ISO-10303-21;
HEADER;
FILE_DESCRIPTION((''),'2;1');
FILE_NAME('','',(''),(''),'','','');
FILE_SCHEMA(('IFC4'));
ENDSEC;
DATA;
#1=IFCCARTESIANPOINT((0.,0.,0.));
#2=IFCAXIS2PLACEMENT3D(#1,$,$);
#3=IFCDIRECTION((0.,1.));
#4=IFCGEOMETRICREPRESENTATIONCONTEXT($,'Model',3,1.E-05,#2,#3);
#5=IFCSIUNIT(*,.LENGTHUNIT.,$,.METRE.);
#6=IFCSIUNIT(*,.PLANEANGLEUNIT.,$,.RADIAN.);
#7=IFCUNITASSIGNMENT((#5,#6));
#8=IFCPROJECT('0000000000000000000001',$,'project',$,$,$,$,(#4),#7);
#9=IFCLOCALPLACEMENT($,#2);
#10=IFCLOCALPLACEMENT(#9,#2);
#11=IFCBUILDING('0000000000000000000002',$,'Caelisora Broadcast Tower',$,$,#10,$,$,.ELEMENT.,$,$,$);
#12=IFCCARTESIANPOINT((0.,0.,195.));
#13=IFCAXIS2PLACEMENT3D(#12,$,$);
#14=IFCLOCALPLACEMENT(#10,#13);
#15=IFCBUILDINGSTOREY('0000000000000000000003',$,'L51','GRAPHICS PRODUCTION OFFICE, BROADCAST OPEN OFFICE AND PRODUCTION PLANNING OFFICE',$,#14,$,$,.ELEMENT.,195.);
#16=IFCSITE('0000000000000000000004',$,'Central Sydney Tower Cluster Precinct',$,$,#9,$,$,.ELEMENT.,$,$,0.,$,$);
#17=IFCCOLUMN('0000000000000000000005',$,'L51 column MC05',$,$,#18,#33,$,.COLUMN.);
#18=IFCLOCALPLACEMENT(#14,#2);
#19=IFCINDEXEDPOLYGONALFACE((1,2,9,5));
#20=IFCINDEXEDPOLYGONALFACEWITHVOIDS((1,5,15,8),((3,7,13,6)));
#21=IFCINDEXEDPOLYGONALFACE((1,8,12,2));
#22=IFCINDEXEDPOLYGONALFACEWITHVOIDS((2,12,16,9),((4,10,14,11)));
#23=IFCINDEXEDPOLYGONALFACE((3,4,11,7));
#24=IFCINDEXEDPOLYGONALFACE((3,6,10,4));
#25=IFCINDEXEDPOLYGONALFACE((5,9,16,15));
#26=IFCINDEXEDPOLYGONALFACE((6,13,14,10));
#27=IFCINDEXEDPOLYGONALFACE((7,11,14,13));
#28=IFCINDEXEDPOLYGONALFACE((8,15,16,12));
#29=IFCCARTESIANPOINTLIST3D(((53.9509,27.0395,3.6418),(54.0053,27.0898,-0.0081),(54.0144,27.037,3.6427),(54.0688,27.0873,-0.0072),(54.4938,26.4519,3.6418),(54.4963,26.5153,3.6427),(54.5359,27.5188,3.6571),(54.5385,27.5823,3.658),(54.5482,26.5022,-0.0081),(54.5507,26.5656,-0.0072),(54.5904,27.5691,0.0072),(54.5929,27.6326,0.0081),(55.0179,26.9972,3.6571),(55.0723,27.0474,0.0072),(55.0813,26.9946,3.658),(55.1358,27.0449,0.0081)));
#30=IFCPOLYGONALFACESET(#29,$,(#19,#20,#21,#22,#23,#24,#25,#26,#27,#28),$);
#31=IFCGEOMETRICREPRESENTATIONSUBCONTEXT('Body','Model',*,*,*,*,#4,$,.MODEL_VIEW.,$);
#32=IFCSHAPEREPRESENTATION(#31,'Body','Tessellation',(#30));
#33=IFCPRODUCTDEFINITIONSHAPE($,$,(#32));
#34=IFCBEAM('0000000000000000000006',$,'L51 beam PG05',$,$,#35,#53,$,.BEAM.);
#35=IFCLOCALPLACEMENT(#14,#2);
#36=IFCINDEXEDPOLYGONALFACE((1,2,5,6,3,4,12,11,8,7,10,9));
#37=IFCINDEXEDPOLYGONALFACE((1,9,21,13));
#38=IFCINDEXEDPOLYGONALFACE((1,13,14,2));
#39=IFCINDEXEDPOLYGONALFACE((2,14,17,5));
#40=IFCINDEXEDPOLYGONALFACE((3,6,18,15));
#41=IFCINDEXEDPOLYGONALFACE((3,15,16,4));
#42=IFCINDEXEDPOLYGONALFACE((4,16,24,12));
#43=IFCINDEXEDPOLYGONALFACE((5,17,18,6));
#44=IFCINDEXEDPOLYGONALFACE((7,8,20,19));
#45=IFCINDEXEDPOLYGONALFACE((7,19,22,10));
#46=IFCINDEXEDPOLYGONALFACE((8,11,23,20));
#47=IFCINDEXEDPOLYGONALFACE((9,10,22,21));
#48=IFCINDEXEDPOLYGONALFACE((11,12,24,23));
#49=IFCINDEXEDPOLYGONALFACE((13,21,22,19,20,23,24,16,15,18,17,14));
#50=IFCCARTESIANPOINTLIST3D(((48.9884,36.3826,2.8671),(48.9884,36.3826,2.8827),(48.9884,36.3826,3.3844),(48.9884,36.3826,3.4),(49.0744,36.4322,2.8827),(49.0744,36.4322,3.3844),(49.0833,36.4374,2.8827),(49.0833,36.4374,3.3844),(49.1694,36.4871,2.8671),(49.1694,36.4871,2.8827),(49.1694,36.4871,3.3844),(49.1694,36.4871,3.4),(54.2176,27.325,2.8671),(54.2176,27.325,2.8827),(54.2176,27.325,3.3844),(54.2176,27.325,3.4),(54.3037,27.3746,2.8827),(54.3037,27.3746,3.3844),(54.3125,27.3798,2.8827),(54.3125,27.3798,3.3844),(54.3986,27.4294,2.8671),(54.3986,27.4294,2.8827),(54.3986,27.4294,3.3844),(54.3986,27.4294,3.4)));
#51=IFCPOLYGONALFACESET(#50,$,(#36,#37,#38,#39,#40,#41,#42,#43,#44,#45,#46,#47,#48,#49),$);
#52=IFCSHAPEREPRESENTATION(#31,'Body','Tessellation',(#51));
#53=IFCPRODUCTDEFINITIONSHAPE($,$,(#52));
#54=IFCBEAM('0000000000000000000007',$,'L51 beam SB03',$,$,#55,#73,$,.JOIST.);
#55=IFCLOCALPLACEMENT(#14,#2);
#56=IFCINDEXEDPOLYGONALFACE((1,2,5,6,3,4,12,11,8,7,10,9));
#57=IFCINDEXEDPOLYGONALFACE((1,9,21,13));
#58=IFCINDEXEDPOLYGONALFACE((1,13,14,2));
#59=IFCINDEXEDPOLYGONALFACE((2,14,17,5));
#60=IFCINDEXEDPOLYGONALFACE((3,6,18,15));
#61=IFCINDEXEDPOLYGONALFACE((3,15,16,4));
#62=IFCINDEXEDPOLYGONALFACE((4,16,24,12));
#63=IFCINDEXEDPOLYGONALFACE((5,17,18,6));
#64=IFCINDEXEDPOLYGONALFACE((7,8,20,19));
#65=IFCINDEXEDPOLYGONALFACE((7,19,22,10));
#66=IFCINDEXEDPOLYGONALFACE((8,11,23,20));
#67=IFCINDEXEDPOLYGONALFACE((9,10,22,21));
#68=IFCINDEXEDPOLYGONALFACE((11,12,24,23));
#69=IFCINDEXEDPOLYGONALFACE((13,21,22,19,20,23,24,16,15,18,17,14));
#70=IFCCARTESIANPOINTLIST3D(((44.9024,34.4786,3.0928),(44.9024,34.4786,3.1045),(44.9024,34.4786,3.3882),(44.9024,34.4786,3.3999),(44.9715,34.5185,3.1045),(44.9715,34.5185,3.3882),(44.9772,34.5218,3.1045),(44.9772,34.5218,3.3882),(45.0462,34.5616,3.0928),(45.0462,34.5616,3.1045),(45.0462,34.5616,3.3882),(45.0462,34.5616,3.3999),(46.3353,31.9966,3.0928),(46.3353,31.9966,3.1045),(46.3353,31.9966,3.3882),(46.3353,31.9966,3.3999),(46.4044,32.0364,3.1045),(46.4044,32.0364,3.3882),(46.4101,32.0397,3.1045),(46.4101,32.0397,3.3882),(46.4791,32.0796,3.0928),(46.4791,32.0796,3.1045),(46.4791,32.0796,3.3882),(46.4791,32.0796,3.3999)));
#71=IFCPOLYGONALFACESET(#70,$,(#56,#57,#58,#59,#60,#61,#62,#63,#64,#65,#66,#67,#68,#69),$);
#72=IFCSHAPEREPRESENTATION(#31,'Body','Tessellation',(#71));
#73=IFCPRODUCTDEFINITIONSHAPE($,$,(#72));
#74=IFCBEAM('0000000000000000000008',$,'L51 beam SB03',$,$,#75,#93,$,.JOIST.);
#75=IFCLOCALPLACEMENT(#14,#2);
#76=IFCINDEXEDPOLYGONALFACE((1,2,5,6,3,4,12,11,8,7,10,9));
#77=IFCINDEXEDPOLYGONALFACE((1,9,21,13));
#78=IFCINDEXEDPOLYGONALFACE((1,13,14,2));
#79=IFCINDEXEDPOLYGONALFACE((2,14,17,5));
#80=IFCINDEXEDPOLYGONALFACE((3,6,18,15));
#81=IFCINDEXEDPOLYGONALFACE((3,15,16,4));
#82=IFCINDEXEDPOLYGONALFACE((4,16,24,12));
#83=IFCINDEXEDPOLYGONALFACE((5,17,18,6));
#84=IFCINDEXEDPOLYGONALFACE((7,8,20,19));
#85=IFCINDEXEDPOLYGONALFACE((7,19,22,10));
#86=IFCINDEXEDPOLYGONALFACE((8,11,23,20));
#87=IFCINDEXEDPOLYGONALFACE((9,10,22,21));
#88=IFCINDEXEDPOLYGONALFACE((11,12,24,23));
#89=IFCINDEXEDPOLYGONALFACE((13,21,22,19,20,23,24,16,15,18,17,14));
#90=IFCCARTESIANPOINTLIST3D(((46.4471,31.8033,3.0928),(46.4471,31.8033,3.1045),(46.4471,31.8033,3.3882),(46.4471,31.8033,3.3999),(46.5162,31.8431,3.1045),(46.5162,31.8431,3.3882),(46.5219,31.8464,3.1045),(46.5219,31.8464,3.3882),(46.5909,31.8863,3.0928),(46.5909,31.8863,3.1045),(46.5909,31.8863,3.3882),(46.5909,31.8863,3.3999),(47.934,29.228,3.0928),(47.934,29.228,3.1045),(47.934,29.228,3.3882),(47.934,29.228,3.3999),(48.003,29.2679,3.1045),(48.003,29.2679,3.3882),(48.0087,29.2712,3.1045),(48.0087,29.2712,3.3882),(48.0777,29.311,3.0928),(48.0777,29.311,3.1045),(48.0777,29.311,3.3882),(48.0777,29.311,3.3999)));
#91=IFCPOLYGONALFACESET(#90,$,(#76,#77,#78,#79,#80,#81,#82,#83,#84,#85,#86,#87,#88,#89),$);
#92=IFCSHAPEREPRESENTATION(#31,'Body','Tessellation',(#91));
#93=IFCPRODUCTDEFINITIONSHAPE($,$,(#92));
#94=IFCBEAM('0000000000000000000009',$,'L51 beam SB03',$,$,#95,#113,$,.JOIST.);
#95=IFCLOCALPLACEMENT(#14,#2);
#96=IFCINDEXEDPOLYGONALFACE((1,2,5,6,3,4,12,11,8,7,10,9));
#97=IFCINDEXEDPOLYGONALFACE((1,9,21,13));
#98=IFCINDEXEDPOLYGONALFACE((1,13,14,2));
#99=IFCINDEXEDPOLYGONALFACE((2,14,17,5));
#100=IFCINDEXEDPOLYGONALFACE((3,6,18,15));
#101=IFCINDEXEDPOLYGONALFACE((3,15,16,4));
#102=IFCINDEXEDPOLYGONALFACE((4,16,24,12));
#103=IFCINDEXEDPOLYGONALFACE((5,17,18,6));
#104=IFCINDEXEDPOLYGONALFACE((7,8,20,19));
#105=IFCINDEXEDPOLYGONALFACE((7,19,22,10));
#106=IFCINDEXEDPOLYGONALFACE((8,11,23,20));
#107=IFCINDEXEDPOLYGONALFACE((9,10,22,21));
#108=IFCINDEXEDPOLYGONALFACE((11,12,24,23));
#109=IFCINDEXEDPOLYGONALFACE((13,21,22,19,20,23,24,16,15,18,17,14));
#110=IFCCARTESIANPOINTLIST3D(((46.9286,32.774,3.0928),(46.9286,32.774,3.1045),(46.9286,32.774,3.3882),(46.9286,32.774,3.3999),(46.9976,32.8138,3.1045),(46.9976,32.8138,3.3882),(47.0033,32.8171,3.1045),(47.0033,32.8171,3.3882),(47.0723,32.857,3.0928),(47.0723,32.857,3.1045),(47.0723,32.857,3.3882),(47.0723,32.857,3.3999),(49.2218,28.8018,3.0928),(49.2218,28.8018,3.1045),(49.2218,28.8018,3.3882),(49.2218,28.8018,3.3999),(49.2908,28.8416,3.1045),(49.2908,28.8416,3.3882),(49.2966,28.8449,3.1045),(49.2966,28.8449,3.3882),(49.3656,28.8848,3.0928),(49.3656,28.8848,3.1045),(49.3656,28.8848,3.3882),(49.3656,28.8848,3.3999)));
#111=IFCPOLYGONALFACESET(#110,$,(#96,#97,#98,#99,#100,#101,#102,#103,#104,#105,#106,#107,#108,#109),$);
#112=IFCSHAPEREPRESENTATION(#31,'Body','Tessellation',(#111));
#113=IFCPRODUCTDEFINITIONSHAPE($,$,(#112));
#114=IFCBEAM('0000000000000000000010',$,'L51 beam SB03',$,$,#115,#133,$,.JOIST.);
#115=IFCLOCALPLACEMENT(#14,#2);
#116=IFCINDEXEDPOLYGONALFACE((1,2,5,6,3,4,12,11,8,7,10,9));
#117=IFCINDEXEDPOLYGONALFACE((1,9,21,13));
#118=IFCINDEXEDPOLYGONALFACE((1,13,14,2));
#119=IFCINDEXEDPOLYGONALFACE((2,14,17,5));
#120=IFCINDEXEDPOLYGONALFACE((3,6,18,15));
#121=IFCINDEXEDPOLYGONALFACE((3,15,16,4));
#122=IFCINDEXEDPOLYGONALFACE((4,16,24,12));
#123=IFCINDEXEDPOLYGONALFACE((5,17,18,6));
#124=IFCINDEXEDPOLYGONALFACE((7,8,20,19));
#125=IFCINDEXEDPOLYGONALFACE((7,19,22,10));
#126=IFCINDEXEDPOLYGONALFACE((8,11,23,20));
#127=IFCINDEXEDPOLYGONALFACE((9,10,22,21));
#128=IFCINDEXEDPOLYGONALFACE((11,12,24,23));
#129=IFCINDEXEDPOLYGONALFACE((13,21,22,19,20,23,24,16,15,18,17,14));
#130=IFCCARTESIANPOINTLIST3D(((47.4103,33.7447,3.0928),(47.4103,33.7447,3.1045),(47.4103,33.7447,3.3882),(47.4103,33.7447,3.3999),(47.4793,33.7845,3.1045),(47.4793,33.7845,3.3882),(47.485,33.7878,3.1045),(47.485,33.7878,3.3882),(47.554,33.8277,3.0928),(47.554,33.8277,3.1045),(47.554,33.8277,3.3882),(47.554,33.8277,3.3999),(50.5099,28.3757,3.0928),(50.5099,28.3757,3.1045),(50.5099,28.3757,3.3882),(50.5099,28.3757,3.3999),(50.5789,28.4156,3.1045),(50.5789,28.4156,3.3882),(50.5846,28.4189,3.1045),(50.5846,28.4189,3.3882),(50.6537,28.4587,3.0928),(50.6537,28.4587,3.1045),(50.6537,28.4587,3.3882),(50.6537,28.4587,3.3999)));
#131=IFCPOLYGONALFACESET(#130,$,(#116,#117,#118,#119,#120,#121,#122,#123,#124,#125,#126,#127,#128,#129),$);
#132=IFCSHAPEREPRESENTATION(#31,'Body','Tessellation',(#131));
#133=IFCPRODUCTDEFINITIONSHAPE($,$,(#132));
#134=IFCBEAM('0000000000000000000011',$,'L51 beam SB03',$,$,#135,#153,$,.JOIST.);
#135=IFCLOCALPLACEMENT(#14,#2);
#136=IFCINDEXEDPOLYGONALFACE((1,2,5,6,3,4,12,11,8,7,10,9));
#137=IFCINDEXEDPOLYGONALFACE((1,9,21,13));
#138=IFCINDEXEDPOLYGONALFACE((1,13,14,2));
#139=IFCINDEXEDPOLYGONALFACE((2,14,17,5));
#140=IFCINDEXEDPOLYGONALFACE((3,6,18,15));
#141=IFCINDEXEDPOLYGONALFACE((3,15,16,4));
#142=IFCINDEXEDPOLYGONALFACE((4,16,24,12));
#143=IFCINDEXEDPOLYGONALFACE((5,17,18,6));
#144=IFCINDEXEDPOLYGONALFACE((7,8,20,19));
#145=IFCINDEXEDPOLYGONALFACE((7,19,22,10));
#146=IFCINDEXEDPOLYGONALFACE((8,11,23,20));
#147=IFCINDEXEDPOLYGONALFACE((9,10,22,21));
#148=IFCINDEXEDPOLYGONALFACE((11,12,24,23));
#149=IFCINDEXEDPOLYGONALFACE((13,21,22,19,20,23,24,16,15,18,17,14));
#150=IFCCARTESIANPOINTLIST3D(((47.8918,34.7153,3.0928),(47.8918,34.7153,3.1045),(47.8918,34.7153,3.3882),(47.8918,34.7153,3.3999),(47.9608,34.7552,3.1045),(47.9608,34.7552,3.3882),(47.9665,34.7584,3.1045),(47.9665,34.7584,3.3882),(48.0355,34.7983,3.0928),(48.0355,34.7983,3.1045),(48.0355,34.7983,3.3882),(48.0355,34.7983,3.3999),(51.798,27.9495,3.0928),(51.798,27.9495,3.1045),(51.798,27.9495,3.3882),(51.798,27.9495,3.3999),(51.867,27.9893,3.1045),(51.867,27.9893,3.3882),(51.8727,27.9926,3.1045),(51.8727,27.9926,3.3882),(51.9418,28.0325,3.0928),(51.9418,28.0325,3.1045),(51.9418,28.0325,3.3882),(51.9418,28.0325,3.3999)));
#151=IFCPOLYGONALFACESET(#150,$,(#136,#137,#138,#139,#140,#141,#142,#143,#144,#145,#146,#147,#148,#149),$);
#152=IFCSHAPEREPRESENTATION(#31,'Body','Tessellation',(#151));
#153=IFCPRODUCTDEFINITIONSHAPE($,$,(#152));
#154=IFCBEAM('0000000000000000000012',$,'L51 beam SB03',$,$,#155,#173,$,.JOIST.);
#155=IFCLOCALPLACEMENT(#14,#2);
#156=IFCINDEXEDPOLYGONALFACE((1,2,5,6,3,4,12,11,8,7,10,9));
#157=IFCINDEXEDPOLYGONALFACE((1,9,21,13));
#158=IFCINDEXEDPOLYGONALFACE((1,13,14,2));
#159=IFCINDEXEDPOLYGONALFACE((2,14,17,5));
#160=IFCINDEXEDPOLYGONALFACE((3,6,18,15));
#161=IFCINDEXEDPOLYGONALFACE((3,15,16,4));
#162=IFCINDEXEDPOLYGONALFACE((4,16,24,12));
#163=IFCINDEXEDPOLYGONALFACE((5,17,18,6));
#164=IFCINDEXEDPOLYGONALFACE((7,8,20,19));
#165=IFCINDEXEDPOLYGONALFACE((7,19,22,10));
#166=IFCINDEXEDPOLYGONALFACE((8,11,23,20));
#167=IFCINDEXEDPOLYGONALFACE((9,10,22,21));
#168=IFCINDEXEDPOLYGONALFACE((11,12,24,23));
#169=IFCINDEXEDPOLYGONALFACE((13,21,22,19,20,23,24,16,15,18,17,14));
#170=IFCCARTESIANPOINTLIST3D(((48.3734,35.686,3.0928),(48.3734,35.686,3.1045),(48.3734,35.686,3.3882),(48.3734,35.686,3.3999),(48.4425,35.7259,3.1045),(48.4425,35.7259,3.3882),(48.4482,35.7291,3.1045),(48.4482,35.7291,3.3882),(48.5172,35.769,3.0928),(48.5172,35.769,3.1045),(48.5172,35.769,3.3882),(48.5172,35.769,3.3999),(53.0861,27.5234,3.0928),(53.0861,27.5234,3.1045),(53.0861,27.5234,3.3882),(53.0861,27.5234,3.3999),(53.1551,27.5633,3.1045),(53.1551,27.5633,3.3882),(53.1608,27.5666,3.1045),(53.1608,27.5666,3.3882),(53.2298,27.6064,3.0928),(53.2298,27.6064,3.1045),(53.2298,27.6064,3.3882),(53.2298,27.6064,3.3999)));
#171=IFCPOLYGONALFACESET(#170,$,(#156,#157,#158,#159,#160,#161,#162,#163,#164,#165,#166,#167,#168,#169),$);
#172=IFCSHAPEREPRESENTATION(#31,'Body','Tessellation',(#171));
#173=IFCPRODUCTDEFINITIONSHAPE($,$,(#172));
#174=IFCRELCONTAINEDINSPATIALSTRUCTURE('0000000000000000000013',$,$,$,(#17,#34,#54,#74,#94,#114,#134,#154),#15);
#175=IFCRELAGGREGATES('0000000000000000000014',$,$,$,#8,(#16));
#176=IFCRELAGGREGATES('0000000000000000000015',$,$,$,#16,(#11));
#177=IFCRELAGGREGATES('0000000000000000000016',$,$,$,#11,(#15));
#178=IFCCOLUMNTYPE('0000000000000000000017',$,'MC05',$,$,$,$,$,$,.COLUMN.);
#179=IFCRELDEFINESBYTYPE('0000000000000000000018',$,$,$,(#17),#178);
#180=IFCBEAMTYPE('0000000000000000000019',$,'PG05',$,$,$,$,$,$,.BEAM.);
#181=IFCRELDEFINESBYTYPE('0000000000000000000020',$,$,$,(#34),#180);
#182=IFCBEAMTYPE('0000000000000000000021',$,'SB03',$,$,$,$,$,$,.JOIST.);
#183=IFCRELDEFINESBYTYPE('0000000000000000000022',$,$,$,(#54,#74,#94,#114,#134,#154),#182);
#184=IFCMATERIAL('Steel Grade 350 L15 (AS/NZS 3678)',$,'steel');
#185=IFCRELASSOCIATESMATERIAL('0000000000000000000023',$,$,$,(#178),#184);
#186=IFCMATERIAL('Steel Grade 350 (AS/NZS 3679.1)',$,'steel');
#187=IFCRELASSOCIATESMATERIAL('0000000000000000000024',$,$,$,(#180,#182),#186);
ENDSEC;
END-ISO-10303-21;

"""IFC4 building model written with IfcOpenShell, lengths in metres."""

from ifc_helpers import new_model, si_unit, direction, frame, origin, origin_2d, place, context, subcontext, project, spatial, hollow_rectangle, i_section, extrude, source, transform, mapped, material, material_profile, profile_set, type_object, type_shapes, element, save


model = new_model("IFC4")

# Units and contexts
model_context = context("Model", 3, precision=1e-05, world=origin(), true_north=direction((0.0, 1.0)))
body_context = subcontext(model_context, "Body", "Model", "MODEL_VIEW")
ifc_project = project(units=[si_unit("LENGTHUNIT", "METRE"), si_unit("PLANEANGLEUNIT", "RADIAN")], contexts=[model_context])

# Site, building, storey
site_placement = place(None, origin())
site = spatial("IfcSite", under=ifc_project, at=site_placement, Name="Central Sydney Tower Cluster Precinct", CompositionType="ELEMENT", RefElevation=0.0)
building_placement = place(site_placement, origin())
building = spatial("IfcBuilding", under=site, at=building_placement, Name="Caelisora Broadcast Tower", CompositionType="ELEMENT")
storey_placement = place(building_placement, frame((0.0, 0.0, 195.0)))
storey = spatial("IfcBuildingStorey", under=building, at=storey_placement, Name="L51", Description="GRAPHICS PRODUCTION OFFICE, BROADCAST OPEN OFFICE AND PRODUCTION PLANNING OFFICE", CompositionType="ELEMENT", Elevation=195.0)

# Column
ifc_material_1 = material(Name="Steel Grade 350 L15 (AS/NZS 3678)", Category="steel")
ifc_material_profile_1 = material_profile(ifc_material_1, hollow_rectangle(XDim=0.8, YDim=0.8, WallThickness=0.0449, at=origin_2d()), Name="Steel Grade 350 L15 (AS/NZS 3678)")
ifc_profile_set_1 = profile_set([ifc_material_profile_1], Name="Steel Grade 350 L15 (AS/NZS 3678)")
column_type = type_object("IfcColumnType", Name="MC05", PredefinedType="COLUMN", material=ifc_profile_set_1)
shared_shape_1 = source(origin(), body_context, "Body", "SweptSolid", [
    extrude(hollow_rectangle(XDim=0.8, YDim=0.8, WallThickness=0.0449, at=origin_2d()), origin(), (0.0, 0.0, 1.0), 3.6506),
])
type_shapes(column_type, [shared_shape_1])
column_placement = place(storey_placement, frame((54.5706, 27.0674, 0.0), z_axis=(-0.014913, -0.013776, 0.999794), x_axis=(0.678554, -0.734551, 0.0)))
element("IfcColumn", 1, at=column_placement, inside=storey, type_object=column_type, Name="L51 column MC05", PredefinedType="COLUMN", context=body_context, shape_type="MappedRepresentation", body=[
    mapped(shared_shape_1, transform((0.0, 0.0, 0.0), scale=1.0)),
])

# Beams
ifc_material_2 = material(Name="Steel Grade 350 (AS/NZS 3679.1)", Category="steel")
ifc_material_profile_2 = material_profile(ifc_material_2, i_section(OverallWidth=0.209, OverallDepth=0.533, WebThickness=0.0103, FlangeThickness=0.0156, at=origin_2d()), Name="Steel Grade 350 (AS/NZS 3679.1)")
ifc_profile_set_2 = profile_set([ifc_material_profile_2], Name="Steel Grade 350 (AS/NZS 3679.1)")
beam_type_1 = type_object("IfcBeamType", Name="PG05", PredefinedType="BEAM", material=ifc_profile_set_2)
shared_shape_2 = source(origin(), body_context, "Body", "SweptSolid", [
    extrude(i_section(OverallWidth=0.209, OverallDepth=0.533, WebThickness=0.0103, FlangeThickness=0.0156, at=origin_2d()), origin(), (0.0, 0.0, 1.0), 10.4587),
])
type_shapes(beam_type_1, [shared_shape_2])
beam_1_placement = place(storey_placement, frame((54.3081, 27.3772, 3.1335), z_axis=(-0.499988, 0.866032, 0.0), x_axis=(-0.866032, -0.499988, 0.0)))
element("IfcBeam", 2, at=beam_1_placement, inside=storey, type_object=beam_type_1, Name="L51 beam PG05", PredefinedType="BEAM", context=body_context, shape_type="MappedRepresentation", body=[
    mapped(shared_shape_2, transform((0.0, 0.0, 0.0), scale=1.0)),
])
ifc_material_profile_3 = material_profile(ifc_material_2, i_section(OverallWidth=0.166, OverallDepth=0.3071, WebThickness=0.0066, FlangeThickness=0.0117, at=origin_2d()), Name="Steel Grade 350 (AS/NZS 3679.1)")
ifc_profile_set_3 = profile_set([ifc_material_profile_3], Name="Steel Grade 350 (AS/NZS 3679.1)")
beam_type_2 = type_object("IfcBeamType", Name="SB03", PredefinedType="JOIST", material=ifc_profile_set_3)
shared_shape_3 = source(origin(), body_context, "Body", "SweptSolid", [
    extrude(i_section(OverallWidth=0.166, OverallDepth=0.3071, WebThickness=0.0066, FlangeThickness=0.0117, at=origin_2d()), origin(), (0.0, 0.0, 1.0), 2.866),
])
beam_2_placement = place(storey_placement, frame((46.4072, 32.0381, 3.2463), z_axis=(-0.499978, 0.866038, 0.0), x_axis=(-0.866038, -0.499978, 0.0)))
element("IfcBeam", 3, at=beam_2_placement, inside=storey, type_object=beam_type_2, Name="L51 beam SB03", PredefinedType="JOIST", context=body_context, shape_type="MappedRepresentation", body=[
    mapped(shared_shape_3, transform((0.0, 0.0, 0.0), scale=1.0)),
])
shared_shape_4 = source(origin(), body_context, "Body", "SweptSolid", [
    extrude(i_section(OverallWidth=0.166, OverallDepth=0.3071, WebThickness=0.0066, FlangeThickness=0.0117, at=origin_2d()), origin(), (0.0, 0.0, 1.0), 2.9736),
])
beam_3_placement = place(storey_placement, frame((48.0059, 29.2695, 3.2463), z_axis=(-0.500007, 0.866022, 0.0), x_axis=(-0.866022, -0.500007, 0.0)))
element("IfcBeam", 4, at=beam_3_placement, inside=storey, type_object=beam_type_2, Name="L51 beam SB03", PredefinedType="JOIST", context=body_context, shape_type="MappedRepresentation", body=[
    mapped(shared_shape_4, transform((0.0, 0.0, 0.0), scale=1.0)),
])
shared_shape_5 = source(origin(), body_context, "Body", "SweptSolid", [
    extrude(i_section(OverallWidth=0.166, OverallDepth=0.3071, WebThickness=0.0066, FlangeThickness=0.0117, at=origin_2d()), origin(), (0.0, 0.0, 1.0), 4.5867),
])
beam_4_placement = place(storey_placement, frame((49.2937, 28.8433, 3.2463), z_axis=(-0.49998, 0.866037, 0.0), x_axis=(-0.866037, -0.49998, 0.0)))
element("IfcBeam", 5, at=beam_4_placement, inside=storey, type_object=beam_type_2, Name="L51 beam SB03", PredefinedType="JOIST", context=body_context, shape_type="MappedRepresentation", body=[
    mapped(shared_shape_5, transform((0.0, 0.0, 0.0), scale=1.0)),
])
shared_shape_6 = source(origin(), body_context, "Body", "SweptSolid", [
    extrude(i_section(OverallWidth=0.166, OverallDepth=0.3071, WebThickness=0.0066, FlangeThickness=0.0117, at=origin_2d()), origin(), (0.0, 0.0, 1.0), 6.1995),
])
beam_5_placement = place(storey_placement, frame((50.5818, 28.4172, 3.2463), z_axis=(-0.499985, 0.866034, 0.0), x_axis=(-0.866034, -0.499985, 0.0)))
element("IfcBeam", 6, at=beam_5_placement, inside=storey, type_object=beam_type_2, Name="L51 beam SB03", PredefinedType="JOIST", context=body_context, shape_type="MappedRepresentation", body=[
    mapped(shared_shape_6, transform((0.0, 0.0, 0.0), scale=1.0)),
])
shared_shape_7 = source(origin(), body_context, "Body", "SweptSolid", [
    extrude(i_section(OverallWidth=0.166, OverallDepth=0.3071, WebThickness=0.0066, FlangeThickness=0.0117, at=origin_2d()), origin(), (0.0, 0.0, 1.0), 7.8125),
])
beam_6_placement = place(storey_placement, frame((51.8699, 27.991, 3.2463), z_axis=(-0.499997, 0.866027, 0.0), x_axis=(-0.866027, -0.499997, 0.0)))
element("IfcBeam", 7, at=beam_6_placement, inside=storey, type_object=beam_type_2, Name="L51 beam SB03", PredefinedType="JOIST", context=body_context, shape_type="MappedRepresentation", body=[
    mapped(shared_shape_7, transform((0.0, 0.0, 0.0), scale=1.0)),
])
shared_shape_8 = source(origin(), body_context, "Body", "SweptSolid", [
    extrude(i_section(OverallWidth=0.166, OverallDepth=0.3071, WebThickness=0.0066, FlangeThickness=0.0117, at=origin_2d()), origin(), (0.0, 0.0, 1.0), 9.4253),
])
type_shapes(beam_type_2, [shared_shape_3, shared_shape_4, shared_shape_5, shared_shape_6, shared_shape_7, shared_shape_8])
beam_7_placement = place(storey_placement, frame((53.158, 27.5649, 3.2463), z_axis=(-0.499997, 0.866027, 0.0), x_axis=(-0.866027, -0.499997, 0.0)))
element("IfcBeam", 8, at=beam_7_placement, inside=storey, type_object=beam_type_2, Name="L51 beam SB03", PredefinedType="JOIST", context=body_context, shape_type="MappedRepresentation", body=[
    mapped(shared_shape_8, transform((0.0, 0.0, 0.0), scale=1.0)),
])

save(model, "model.ifc")
